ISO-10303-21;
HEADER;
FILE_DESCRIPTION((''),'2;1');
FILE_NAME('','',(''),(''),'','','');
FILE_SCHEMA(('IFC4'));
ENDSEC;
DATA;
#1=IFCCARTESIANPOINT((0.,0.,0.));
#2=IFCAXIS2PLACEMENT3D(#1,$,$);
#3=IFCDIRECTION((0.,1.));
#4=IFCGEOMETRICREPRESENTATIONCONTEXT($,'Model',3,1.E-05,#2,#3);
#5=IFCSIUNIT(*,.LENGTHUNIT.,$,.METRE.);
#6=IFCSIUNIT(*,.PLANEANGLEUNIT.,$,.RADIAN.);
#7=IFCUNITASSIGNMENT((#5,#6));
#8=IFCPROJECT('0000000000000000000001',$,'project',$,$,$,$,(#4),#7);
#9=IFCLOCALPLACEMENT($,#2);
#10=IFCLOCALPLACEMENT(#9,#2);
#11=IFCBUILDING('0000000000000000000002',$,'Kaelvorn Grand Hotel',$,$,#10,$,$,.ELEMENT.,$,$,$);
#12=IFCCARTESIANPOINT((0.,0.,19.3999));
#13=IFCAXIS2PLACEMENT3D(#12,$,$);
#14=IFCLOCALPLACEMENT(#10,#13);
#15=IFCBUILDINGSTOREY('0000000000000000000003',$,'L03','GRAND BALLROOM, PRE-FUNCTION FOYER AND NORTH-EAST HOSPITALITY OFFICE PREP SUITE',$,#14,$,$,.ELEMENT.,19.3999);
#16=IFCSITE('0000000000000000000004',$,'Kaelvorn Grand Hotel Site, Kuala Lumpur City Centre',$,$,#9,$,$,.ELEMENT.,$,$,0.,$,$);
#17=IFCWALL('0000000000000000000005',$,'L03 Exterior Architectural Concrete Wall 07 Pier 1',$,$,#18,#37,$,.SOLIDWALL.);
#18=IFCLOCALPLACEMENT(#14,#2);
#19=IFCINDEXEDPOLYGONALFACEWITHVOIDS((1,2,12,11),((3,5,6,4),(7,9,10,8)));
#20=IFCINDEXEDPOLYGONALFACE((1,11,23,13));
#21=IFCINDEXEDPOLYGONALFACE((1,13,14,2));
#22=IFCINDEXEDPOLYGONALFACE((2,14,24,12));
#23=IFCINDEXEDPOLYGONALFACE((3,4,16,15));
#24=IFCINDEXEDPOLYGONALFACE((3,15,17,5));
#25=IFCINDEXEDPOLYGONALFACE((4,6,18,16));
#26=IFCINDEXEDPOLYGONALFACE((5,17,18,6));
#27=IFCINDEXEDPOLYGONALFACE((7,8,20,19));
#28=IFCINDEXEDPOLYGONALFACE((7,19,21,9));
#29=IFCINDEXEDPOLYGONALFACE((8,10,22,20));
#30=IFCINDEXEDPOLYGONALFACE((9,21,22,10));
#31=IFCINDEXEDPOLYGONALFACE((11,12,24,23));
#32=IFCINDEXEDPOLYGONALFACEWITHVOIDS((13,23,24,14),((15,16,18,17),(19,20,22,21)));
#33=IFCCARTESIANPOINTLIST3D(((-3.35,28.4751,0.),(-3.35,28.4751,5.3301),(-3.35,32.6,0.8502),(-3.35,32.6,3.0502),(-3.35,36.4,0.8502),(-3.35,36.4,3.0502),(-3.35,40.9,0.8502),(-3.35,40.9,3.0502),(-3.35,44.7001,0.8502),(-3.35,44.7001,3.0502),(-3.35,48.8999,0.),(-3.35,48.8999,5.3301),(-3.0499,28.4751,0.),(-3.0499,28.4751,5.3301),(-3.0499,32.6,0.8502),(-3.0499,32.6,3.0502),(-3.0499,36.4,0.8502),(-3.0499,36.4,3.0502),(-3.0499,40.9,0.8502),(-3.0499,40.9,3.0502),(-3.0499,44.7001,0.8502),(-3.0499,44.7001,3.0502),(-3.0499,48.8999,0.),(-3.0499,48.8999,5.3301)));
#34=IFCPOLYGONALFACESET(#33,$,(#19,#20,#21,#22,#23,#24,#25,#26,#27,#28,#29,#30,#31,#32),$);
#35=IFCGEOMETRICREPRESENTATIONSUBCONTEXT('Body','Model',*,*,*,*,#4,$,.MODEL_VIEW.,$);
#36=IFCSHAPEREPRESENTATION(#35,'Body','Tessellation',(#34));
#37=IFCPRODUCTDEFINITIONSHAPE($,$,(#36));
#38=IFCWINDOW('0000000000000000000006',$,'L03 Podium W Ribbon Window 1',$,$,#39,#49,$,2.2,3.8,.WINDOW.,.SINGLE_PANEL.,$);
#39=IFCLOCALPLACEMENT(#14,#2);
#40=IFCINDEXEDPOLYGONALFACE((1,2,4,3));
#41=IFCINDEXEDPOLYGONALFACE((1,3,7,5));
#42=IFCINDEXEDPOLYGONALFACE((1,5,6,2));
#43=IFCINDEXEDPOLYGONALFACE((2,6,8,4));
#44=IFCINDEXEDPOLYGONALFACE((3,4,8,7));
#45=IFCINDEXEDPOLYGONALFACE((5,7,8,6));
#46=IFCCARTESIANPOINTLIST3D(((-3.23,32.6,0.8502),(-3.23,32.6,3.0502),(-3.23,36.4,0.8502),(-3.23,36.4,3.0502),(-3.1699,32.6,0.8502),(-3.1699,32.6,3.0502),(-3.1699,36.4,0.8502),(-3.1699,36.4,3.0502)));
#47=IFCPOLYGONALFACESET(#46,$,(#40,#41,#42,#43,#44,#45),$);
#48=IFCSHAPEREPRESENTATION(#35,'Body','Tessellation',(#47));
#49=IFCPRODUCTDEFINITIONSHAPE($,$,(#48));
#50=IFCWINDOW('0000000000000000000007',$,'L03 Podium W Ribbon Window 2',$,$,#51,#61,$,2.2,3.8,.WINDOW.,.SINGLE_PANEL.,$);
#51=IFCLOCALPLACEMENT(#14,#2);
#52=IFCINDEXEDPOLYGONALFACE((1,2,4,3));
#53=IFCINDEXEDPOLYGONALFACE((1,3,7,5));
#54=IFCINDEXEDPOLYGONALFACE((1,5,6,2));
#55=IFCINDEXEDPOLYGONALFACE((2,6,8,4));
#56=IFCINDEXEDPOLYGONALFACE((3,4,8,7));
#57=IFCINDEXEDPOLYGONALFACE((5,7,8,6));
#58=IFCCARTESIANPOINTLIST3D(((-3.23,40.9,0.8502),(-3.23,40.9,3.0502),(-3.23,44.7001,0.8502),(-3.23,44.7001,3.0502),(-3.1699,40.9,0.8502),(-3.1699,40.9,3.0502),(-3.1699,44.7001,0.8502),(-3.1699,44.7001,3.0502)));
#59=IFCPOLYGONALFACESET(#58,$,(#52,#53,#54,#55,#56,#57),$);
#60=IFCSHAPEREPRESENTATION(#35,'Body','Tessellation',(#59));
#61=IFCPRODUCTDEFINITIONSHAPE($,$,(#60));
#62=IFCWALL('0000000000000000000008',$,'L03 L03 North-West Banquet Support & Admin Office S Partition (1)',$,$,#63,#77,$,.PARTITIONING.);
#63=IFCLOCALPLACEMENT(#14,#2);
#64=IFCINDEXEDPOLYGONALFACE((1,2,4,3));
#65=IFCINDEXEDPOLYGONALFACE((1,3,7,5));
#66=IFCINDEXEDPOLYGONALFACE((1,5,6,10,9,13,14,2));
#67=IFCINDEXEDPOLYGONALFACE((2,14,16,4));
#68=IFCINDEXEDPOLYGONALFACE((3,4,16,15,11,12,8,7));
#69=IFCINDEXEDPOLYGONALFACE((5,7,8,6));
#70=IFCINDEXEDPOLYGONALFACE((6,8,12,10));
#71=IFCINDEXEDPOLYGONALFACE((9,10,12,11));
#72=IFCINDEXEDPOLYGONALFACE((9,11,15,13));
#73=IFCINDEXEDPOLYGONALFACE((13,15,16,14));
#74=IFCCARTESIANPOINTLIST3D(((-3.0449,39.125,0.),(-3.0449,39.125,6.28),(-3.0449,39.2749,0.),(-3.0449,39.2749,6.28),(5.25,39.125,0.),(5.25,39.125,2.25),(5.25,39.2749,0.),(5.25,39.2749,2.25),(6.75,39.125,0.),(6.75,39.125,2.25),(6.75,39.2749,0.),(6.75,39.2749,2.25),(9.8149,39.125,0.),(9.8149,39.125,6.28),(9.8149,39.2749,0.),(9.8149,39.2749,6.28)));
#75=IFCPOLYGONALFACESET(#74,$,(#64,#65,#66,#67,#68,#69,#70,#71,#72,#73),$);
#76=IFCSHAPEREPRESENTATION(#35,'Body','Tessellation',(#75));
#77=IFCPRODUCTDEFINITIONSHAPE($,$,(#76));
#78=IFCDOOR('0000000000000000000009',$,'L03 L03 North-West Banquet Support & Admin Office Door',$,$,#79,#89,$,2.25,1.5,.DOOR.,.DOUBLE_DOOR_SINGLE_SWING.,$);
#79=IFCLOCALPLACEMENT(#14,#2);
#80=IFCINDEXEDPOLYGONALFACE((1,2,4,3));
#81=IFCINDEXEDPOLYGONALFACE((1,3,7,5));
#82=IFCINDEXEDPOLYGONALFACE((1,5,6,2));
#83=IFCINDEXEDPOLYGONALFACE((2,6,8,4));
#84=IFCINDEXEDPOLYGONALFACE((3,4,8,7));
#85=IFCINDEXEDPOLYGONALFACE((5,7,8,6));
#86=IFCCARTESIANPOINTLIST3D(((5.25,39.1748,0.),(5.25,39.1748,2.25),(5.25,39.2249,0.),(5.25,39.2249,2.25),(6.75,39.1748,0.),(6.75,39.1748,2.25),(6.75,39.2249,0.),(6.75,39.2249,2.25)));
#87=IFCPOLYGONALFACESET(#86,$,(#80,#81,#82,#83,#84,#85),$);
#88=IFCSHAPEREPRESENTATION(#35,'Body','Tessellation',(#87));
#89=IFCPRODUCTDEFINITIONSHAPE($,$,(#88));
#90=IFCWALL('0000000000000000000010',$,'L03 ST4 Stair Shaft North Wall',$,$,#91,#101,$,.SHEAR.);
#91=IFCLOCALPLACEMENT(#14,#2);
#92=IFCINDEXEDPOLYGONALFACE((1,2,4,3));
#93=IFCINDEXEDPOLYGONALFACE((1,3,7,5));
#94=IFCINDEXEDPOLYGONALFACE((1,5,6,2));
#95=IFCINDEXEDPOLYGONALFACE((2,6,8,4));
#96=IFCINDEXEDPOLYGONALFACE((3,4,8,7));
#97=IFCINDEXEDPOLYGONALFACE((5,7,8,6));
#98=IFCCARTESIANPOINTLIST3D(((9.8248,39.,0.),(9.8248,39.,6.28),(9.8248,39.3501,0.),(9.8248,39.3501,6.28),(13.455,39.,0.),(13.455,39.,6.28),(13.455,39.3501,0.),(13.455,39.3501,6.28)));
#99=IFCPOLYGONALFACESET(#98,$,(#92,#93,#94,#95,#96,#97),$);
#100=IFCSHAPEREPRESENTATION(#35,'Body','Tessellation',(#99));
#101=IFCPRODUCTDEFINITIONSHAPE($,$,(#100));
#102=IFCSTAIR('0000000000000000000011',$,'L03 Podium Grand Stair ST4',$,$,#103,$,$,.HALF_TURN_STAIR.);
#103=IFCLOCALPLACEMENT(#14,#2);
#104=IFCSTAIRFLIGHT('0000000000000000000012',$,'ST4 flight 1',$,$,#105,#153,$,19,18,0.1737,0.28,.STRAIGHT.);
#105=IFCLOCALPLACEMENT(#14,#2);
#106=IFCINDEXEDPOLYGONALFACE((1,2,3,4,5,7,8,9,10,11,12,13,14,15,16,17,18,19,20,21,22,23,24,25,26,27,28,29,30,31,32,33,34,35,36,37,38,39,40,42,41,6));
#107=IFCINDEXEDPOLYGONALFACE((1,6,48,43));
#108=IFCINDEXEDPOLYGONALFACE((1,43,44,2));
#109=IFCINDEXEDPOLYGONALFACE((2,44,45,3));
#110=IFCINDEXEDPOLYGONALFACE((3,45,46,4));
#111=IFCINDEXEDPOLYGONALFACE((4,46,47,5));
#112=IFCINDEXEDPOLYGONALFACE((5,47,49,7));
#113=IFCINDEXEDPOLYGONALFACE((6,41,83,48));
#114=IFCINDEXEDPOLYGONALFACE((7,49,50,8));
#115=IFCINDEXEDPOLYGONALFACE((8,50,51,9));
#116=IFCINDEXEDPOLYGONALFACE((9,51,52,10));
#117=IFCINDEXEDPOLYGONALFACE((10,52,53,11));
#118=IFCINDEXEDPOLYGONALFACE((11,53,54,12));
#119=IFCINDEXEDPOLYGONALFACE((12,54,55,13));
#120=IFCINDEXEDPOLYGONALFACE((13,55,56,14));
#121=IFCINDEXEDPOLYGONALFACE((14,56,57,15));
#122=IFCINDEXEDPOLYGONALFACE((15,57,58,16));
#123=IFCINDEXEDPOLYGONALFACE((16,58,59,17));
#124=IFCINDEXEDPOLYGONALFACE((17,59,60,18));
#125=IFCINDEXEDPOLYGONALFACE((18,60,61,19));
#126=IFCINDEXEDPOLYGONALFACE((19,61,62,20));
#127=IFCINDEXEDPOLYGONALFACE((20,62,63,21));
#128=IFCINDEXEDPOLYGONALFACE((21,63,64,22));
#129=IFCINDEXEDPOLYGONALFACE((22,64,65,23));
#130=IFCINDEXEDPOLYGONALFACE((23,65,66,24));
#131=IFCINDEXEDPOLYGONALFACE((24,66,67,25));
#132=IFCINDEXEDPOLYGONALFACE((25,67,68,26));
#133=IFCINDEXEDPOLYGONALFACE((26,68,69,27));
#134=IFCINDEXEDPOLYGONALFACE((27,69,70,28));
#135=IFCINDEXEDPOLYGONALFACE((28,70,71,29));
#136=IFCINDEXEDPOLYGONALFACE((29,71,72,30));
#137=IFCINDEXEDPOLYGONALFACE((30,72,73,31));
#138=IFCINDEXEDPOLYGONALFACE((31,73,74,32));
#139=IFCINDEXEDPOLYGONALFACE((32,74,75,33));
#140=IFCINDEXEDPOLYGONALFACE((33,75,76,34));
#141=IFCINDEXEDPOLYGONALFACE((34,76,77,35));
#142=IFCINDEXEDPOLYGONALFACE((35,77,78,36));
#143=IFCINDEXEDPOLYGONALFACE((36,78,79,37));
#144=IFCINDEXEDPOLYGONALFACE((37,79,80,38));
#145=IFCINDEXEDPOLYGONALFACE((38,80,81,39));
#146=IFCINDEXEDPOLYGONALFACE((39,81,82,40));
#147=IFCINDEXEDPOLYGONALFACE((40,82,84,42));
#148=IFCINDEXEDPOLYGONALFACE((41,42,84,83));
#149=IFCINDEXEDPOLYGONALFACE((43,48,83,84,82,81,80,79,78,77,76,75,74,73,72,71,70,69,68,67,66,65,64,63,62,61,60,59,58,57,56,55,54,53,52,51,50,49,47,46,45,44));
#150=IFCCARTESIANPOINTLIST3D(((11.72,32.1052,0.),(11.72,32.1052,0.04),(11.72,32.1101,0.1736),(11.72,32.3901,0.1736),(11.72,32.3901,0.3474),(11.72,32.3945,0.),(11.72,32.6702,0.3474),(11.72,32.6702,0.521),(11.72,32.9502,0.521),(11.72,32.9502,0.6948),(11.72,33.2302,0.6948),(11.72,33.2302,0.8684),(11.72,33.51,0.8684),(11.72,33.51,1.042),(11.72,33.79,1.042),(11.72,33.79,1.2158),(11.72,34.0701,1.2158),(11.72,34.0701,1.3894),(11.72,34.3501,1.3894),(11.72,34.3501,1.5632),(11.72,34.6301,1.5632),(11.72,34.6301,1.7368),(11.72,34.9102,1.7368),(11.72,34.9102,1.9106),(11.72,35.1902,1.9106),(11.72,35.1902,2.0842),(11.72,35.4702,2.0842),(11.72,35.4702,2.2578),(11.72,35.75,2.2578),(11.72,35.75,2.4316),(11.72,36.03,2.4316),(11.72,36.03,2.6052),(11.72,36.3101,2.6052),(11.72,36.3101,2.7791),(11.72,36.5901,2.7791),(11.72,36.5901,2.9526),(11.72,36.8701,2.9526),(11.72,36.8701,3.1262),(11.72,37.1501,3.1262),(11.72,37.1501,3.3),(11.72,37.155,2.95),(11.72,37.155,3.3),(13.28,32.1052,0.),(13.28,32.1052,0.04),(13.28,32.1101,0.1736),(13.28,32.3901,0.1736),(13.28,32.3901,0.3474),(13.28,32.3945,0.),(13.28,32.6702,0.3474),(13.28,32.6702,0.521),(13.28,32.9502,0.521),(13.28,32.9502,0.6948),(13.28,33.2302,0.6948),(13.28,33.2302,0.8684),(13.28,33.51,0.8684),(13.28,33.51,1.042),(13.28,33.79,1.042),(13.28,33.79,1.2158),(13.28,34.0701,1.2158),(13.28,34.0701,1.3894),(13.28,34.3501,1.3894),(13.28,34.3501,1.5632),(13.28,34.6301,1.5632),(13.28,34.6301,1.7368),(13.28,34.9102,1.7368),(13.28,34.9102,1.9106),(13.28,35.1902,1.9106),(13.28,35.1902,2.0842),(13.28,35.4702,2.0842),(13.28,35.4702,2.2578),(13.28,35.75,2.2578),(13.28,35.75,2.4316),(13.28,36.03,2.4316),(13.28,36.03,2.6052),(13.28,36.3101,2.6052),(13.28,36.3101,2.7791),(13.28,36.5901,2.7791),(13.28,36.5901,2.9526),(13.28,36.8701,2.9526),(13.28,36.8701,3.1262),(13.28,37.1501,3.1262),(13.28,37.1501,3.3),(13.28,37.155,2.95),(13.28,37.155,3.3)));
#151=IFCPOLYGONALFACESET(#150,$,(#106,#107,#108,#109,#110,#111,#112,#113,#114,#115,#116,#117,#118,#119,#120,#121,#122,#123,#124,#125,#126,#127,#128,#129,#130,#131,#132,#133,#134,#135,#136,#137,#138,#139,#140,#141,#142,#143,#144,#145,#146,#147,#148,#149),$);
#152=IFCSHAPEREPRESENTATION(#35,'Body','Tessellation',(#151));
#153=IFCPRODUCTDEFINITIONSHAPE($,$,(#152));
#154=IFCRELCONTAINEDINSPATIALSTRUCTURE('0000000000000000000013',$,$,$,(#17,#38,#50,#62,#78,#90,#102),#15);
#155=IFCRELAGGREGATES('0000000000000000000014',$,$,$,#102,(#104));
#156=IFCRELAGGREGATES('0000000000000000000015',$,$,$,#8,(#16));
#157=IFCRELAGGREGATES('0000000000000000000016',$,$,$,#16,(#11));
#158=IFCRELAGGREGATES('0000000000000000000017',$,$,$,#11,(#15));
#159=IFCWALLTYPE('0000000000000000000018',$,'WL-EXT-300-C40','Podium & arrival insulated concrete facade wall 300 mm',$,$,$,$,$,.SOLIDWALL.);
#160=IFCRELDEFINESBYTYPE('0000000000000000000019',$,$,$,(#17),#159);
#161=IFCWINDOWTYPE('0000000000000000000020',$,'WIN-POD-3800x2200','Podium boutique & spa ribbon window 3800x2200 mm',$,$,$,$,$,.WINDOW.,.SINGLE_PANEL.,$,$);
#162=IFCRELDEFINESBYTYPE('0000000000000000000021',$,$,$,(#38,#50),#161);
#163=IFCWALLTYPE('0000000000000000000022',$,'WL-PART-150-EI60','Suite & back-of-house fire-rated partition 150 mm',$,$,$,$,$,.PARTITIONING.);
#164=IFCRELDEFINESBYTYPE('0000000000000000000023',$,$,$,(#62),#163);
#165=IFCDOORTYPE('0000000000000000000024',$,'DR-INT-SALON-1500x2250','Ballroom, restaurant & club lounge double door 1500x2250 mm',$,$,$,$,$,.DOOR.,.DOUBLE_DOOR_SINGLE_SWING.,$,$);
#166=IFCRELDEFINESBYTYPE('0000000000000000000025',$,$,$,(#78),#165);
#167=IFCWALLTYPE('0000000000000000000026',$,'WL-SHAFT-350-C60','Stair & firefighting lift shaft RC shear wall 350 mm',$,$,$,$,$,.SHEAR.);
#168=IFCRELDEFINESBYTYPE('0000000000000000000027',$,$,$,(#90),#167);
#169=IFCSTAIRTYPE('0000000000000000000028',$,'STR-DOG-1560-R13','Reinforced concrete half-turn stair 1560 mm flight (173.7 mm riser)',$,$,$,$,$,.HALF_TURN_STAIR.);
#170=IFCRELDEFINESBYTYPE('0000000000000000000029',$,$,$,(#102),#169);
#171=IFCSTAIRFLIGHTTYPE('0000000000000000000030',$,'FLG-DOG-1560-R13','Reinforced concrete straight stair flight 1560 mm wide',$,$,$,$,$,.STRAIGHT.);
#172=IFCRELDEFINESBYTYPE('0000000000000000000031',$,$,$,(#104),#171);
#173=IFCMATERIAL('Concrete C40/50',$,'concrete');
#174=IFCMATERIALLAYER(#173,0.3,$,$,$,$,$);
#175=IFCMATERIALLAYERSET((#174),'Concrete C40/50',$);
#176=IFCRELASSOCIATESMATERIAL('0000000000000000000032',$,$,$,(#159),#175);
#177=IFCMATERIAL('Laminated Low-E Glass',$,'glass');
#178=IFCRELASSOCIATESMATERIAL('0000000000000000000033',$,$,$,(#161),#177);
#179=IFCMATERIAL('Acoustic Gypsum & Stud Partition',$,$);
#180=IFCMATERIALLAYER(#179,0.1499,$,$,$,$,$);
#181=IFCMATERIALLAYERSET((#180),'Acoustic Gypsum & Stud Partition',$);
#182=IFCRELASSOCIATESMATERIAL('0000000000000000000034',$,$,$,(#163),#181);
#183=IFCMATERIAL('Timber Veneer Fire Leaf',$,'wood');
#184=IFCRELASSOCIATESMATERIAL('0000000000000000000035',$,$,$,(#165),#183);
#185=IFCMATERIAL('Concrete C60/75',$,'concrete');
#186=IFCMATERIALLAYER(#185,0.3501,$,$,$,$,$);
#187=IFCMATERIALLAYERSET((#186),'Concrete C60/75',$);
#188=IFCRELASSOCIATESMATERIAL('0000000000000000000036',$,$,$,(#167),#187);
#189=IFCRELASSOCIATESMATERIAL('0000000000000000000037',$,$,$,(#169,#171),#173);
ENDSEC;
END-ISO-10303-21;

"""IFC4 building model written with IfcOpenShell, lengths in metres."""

from ifc_helpers import new_model, si_unit, direction, frame, frame_2d, origin, place, context, subcontext, project, spatial, polyline, rectangle, outline, extrude, material, layer, layer_set, type_object, element, fill, aggregate, save


model = new_model("IFC4")

# Units and contexts
model_context = context("Model", 3, precision=1e-05, world=origin(), true_north=direction((0.0, 1.0)))
body_context = subcontext(model_context, "Body", "Model", "MODEL_VIEW")
ifc_project = project(units=[si_unit("LENGTHUNIT", "METRE"), si_unit("PLANEANGLEUNIT", "RADIAN")], contexts=[model_context])

# Site, building, storey
site_placement = place(None, origin())
site = spatial("IfcSite", under=ifc_project, at=site_placement, Name="Kaelvorn Grand Hotel Site, Kuala Lumpur City Centre", CompositionType="ELEMENT", RefElevation=0.0)
building_placement = place(site_placement, origin())
building = spatial("IfcBuilding", under=site, at=building_placement, Name="Kaelvorn Grand Hotel", CompositionType="ELEMENT")
storey_placement = place(building_placement, frame((0.0, 0.0, 19.3999)))
storey = spatial("IfcBuildingStorey", under=building, at=storey_placement, Name="L03", Description="GRAND BALLROOM, PRE-FUNCTION FOYER AND NORTH-EAST HOSPITALITY OFFICE PREP SUITE", CompositionType="ELEMENT", Elevation=19.3999)

# Shared definitions
ifc_material_1 = material(Name="Concrete C60/75", Category="concrete")

# Shared definitions
ifc_material_2 = material(Name="Concrete C40/50", Category="concrete")
ifc_layer_1 = layer(ifc_material_2, 0.3)
ifc_layer_set_1 = layer_set([ifc_layer_1], Name="Concrete C40/50")
wall_type_1 = type_object("IfcWallType", Name="WL-EXT-300-C40", Description="Podium & arrival insulated concrete facade wall 300 mm", PredefinedType="SOLIDWALL", material=ifc_layer_set_1)
ifc_material_3 = material(Name="Laminated Low-E Glass", Category="glass")

# Wall, openings, windows
wall_1_placement = place(storey_placement, frame((-3.2, 48.8999, 0.0), z_axis=(0.0, 0.0, 1.0), x_axis=(0.0, -1.0, 0.0)))
wall_1 = element("IfcWall", 1, at=wall_1_placement, inside=storey, type_object=wall_type_1, Name="L03 Exterior Architectural Concrete Wall 07 Pier 1", PredefinedType="SOLIDWALL", context=body_context, shape_type="SweptSolid", body=[
    extrude(rectangle(XDim=20.4248, YDim=0.3, at=frame_2d((10.2124, 0.0))), origin(), (0.0, 0.0, 1.0), 5.3301),
])
opening_1_placement = place(wall_1_placement, frame((12.5, 0.0, 0.8501)))
opening_1 = element("IfcOpeningElement", 2, at=opening_1_placement, cuts=wall_1, PredefinedType="OPENING", context=body_context, shape_type="SweptSolid", body=[
    extrude(rectangle(XDim=3.8, YDim=2.2, at=frame_2d((1.8999, 1.1001))), frame((0.0, 0.1602, 0.0), z_axis=(0.0, -1.0, 0.0), x_axis=(1.0, 0.0, 0.0)), (0.0, 0.0, 1.0), 0.3201),
])
opening_2_placement = place(wall_1_placement, frame((4.2, 0.0, 0.8501)))
opening_2 = element("IfcOpeningElement", 3, at=opening_2_placement, cuts=wall_1, PredefinedType="OPENING", context=body_context, shape_type="SweptSolid", body=[
    extrude(rectangle(XDim=3.8, YDim=2.2, at=frame_2d((1.8999, 1.1001))), frame((0.0, 0.1602, 0.0), z_axis=(0.0, -1.0, 0.0), x_axis=(1.0, 0.0, 0.0)), (0.0, 0.0, 1.0), 0.3201),
])
window_type_1 = type_object("IfcWindowType", Name="WIN-POD-3800x2200", Description="Podium boutique & spa ribbon window 3800x2200 mm", PartitioningType="SINGLE_PANEL", PredefinedType="WINDOW", material=ifc_material_3)
window_1_placement = place(opening_1_placement, origin())
window_1 = element("IfcWindow", 4, at=window_1_placement, inside=storey, type_object=window_type_1, Name="L03 Podium W Ribbon Window 1", OverallHeight=2.2, OverallWidth=3.8, PartitioningType="SINGLE_PANEL", PredefinedType="WINDOW", context=body_context, shape_type="SweptSolid", body=[
    extrude(rectangle(XDim=3.8, YDim=2.2, at=frame_2d((1.8999, 1.1001))), frame((0.0, 0.03, 0.0), z_axis=(0.0, -1.0, 0.0), x_axis=(1.0, 0.0, 0.0)), (0.0, 0.0, 1.0), 0.0601),
])
fill(opening_1, window_1)
window_2_placement = place(opening_2_placement, origin())
window_2 = element("IfcWindow", 5, at=window_2_placement, inside=storey, type_object=window_type_1, Name="L03 Podium W Ribbon Window 2", OverallHeight=2.2, OverallWidth=3.8, PartitioningType="SINGLE_PANEL", PredefinedType="WINDOW", context=body_context, shape_type="SweptSolid", body=[
    extrude(rectangle(XDim=3.8, YDim=2.2, at=frame_2d((1.8999, 1.1001))), frame((0.0, 0.03, 0.0), z_axis=(0.0, -1.0, 0.0), x_axis=(1.0, 0.0, 0.0)), (0.0, 0.0, 1.0), 0.0601),
])
fill(opening_2, window_2)

# Wall, opening, door
ifc_material_4 = material(Name="Acoustic Gypsum & Stud Partition")
ifc_layer_2 = layer(ifc_material_4, 0.1499)
ifc_layer_set_2 = layer_set([ifc_layer_2], Name="Acoustic Gypsum & Stud Partition")
wall_type_2 = type_object("IfcWallType", Name="WL-PART-150-EI60", Description="Suite & back-of-house fire-rated partition 150 mm", PredefinedType="PARTITIONING", material=ifc_layer_set_2)
wall_2_placement = place(storey_placement, frame((-3.0449, 39.2, 0.0), z_axis=(0.0, 0.0, 1.0), x_axis=(1.0, 0.0, 0.0)))
wall_2 = element("IfcWall", 6, at=wall_2_placement, inside=storey, type_object=wall_type_2, Name="L03 L03 North-West Banquet Support & Admin Office S Partition (1)", PredefinedType="PARTITIONING", context=body_context, shape_type="SweptSolid", body=[
    extrude(rectangle(XDim=12.8599, YDim=0.1499, at=frame_2d((6.4299, 0.0))), origin(), (0.0, 0.0, 1.0), 6.28),
])
opening_3_placement = place(wall_2_placement, frame((8.2949, 0.0, 0.0)))
opening_3 = element("IfcOpeningElement", 7, at=opening_3_placement, cuts=wall_2, PredefinedType="OPENING", context=body_context, shape_type="SweptSolid", body=[
    extrude(rectangle(XDim=1.5, YDim=2.25, at=frame_2d((0.75, 1.125))), frame((0.0, 0.085, 0.0), z_axis=(0.0, -1.0, 0.0), x_axis=(1.0, 0.0, 0.0)), (0.0, 0.0, 1.0), 0.1699),
])
ifc_material_5 = material(Name="Timber Veneer Fire Leaf", Category="wood")
door_type = type_object("IfcDoorType", Name="DR-INT-SALON-1500x2250", Description="Ballroom, restaurant & club lounge double door 1500x2250 mm", OperationType="DOUBLE_DOOR_SINGLE_SWING", PredefinedType="DOOR", material=ifc_material_5)
door_placement = place(opening_3_placement, origin())
door = element("IfcDoor", 8, at=door_placement, inside=storey, type_object=door_type, Name="L03 L03 North-West Banquet Support & Admin Office Door", OperationType="DOUBLE_DOOR_SINGLE_SWING", OverallHeight=2.25, OverallWidth=1.5, PredefinedType="DOOR", context=body_context, shape_type="SweptSolid", body=[
    extrude(rectangle(XDim=1.5, YDim=2.25, at=frame_2d((0.75, 1.125))), frame((0.0, 0.0249, 0.0), z_axis=(0.0, -1.0, 0.0), x_axis=(1.0, 0.0, 0.0)), (0.0, 0.0, 1.0), 0.05),
])
fill(opening_3, door)

# Wall
ifc_layer_3 = layer(ifc_material_1, 0.3501)
ifc_layer_set_3 = layer_set([ifc_layer_3], Name="Concrete C60/75")
wall_type_3 = type_object("IfcWallType", Name="WL-SHAFT-350-C60", Description="Stair & firefighting lift shaft RC shear wall 350 mm", PredefinedType="SHEAR", material=ifc_layer_set_3)
wall_3_placement = place(storey_placement, frame((9.825, 39.175, 0.0), z_axis=(0.0, 0.0, 1.0), x_axis=(1.0, 0.0, 0.0)))
element("IfcWall", 9, at=wall_3_placement, inside=storey, type_object=wall_type_3, Name="L03 ST4 Stair Shaft North Wall", PredefinedType="SHEAR", context=body_context, shape_type="SweptSolid", body=[
    extrude(rectangle(XDim=3.6301, YDim=0.3501, at=frame_2d((1.8149, 0.0))), origin(), (0.0, 0.0, 1.0), 6.28),
])

# Stair, stair flight
stair_type = type_object("IfcStairType", Name="STR-DOG-1560-R13", Description="Reinforced concrete half-turn stair 1560 mm flight (173.7 mm riser)", PredefinedType="HALF_TURN_STAIR", material=ifc_material_2)
stair_placement = place(storey_placement, origin())
stair = element("IfcStair", 10, at=stair_placement, inside=storey, type_object=stair_type, Name="L03 Podium Grand Stair ST4", PredefinedType="HALF_TURN_STAIR")
stair_flight_type = type_object("IfcStairFlightType", Name="FLG-DOG-1560-R13", Description="Reinforced concrete straight stair flight 1560 mm wide", PredefinedType="STRAIGHT", material=ifc_material_2)
stair_flight_1_placement = place(storey_placement, frame((12.5, 32.1101, 0.0), z_axis=(0.0, 0.0, 1.0), x_axis=(0.0, 1.0, 0.0)))
stair_flight_1 = element("IfcStairFlight", 11, at=stair_flight_1_placement, type_object=stair_flight_type, Name="ST4 flight 1", NumberOfRisers=19, NumberOfTreads=18, PredefinedType="STRAIGHT", RiserHeight=0.1737, TreadLength=0.28, context=body_context, shape_type="SweptSolid", body=[
    extrude(outline(polyline([(-0.0049, 0.0), (-0.0049, 0.04), (0.0, 0.1736), (0.28, 0.1736), (0.28, 0.3474), (0.5601, 0.3474), (0.5601, 0.521), (0.8401, 0.521), (0.8401, 0.6948), (1.1201, 0.6948), (1.1201, 0.8684), (1.3999, 0.8684), (1.3999, 1.042), (1.6799, 1.042), (1.6799, 1.2158), (1.96, 1.2158), (1.96, 1.3894), (2.24, 1.3894), (2.24, 1.5632), (2.52, 1.5632), (2.52, 1.7368), (2.8, 1.7368), (2.8, 1.9106), (3.0801, 1.9106), (3.0801, 2.0842), (3.3601, 2.0842), (3.3601, 2.2578), (3.6399, 2.2578), (3.6399, 2.4316), (3.9199, 2.4316), (3.9199, 2.6052), (4.2, 2.6052), (4.2, 2.7791), (4.48, 2.7791), (4.48, 2.9526), (4.76, 2.9526), (4.76, 3.1262), (5.04, 3.1262), (5.04, 3.3), (5.0449, 3.3), (5.0449, 2.95), (0.2844, 0.0), (-0.0049, 0.0)])), frame((0.0, 0.78, 0.0), z_axis=(0.0, -1.0, 0.0), x_axis=(1.0, 0.0, 0.0)), (0.0, 0.0, 1.0), 1.5601),
])
aggregate(stair, [stair_flight_1])

save(model, "model.ifc")
